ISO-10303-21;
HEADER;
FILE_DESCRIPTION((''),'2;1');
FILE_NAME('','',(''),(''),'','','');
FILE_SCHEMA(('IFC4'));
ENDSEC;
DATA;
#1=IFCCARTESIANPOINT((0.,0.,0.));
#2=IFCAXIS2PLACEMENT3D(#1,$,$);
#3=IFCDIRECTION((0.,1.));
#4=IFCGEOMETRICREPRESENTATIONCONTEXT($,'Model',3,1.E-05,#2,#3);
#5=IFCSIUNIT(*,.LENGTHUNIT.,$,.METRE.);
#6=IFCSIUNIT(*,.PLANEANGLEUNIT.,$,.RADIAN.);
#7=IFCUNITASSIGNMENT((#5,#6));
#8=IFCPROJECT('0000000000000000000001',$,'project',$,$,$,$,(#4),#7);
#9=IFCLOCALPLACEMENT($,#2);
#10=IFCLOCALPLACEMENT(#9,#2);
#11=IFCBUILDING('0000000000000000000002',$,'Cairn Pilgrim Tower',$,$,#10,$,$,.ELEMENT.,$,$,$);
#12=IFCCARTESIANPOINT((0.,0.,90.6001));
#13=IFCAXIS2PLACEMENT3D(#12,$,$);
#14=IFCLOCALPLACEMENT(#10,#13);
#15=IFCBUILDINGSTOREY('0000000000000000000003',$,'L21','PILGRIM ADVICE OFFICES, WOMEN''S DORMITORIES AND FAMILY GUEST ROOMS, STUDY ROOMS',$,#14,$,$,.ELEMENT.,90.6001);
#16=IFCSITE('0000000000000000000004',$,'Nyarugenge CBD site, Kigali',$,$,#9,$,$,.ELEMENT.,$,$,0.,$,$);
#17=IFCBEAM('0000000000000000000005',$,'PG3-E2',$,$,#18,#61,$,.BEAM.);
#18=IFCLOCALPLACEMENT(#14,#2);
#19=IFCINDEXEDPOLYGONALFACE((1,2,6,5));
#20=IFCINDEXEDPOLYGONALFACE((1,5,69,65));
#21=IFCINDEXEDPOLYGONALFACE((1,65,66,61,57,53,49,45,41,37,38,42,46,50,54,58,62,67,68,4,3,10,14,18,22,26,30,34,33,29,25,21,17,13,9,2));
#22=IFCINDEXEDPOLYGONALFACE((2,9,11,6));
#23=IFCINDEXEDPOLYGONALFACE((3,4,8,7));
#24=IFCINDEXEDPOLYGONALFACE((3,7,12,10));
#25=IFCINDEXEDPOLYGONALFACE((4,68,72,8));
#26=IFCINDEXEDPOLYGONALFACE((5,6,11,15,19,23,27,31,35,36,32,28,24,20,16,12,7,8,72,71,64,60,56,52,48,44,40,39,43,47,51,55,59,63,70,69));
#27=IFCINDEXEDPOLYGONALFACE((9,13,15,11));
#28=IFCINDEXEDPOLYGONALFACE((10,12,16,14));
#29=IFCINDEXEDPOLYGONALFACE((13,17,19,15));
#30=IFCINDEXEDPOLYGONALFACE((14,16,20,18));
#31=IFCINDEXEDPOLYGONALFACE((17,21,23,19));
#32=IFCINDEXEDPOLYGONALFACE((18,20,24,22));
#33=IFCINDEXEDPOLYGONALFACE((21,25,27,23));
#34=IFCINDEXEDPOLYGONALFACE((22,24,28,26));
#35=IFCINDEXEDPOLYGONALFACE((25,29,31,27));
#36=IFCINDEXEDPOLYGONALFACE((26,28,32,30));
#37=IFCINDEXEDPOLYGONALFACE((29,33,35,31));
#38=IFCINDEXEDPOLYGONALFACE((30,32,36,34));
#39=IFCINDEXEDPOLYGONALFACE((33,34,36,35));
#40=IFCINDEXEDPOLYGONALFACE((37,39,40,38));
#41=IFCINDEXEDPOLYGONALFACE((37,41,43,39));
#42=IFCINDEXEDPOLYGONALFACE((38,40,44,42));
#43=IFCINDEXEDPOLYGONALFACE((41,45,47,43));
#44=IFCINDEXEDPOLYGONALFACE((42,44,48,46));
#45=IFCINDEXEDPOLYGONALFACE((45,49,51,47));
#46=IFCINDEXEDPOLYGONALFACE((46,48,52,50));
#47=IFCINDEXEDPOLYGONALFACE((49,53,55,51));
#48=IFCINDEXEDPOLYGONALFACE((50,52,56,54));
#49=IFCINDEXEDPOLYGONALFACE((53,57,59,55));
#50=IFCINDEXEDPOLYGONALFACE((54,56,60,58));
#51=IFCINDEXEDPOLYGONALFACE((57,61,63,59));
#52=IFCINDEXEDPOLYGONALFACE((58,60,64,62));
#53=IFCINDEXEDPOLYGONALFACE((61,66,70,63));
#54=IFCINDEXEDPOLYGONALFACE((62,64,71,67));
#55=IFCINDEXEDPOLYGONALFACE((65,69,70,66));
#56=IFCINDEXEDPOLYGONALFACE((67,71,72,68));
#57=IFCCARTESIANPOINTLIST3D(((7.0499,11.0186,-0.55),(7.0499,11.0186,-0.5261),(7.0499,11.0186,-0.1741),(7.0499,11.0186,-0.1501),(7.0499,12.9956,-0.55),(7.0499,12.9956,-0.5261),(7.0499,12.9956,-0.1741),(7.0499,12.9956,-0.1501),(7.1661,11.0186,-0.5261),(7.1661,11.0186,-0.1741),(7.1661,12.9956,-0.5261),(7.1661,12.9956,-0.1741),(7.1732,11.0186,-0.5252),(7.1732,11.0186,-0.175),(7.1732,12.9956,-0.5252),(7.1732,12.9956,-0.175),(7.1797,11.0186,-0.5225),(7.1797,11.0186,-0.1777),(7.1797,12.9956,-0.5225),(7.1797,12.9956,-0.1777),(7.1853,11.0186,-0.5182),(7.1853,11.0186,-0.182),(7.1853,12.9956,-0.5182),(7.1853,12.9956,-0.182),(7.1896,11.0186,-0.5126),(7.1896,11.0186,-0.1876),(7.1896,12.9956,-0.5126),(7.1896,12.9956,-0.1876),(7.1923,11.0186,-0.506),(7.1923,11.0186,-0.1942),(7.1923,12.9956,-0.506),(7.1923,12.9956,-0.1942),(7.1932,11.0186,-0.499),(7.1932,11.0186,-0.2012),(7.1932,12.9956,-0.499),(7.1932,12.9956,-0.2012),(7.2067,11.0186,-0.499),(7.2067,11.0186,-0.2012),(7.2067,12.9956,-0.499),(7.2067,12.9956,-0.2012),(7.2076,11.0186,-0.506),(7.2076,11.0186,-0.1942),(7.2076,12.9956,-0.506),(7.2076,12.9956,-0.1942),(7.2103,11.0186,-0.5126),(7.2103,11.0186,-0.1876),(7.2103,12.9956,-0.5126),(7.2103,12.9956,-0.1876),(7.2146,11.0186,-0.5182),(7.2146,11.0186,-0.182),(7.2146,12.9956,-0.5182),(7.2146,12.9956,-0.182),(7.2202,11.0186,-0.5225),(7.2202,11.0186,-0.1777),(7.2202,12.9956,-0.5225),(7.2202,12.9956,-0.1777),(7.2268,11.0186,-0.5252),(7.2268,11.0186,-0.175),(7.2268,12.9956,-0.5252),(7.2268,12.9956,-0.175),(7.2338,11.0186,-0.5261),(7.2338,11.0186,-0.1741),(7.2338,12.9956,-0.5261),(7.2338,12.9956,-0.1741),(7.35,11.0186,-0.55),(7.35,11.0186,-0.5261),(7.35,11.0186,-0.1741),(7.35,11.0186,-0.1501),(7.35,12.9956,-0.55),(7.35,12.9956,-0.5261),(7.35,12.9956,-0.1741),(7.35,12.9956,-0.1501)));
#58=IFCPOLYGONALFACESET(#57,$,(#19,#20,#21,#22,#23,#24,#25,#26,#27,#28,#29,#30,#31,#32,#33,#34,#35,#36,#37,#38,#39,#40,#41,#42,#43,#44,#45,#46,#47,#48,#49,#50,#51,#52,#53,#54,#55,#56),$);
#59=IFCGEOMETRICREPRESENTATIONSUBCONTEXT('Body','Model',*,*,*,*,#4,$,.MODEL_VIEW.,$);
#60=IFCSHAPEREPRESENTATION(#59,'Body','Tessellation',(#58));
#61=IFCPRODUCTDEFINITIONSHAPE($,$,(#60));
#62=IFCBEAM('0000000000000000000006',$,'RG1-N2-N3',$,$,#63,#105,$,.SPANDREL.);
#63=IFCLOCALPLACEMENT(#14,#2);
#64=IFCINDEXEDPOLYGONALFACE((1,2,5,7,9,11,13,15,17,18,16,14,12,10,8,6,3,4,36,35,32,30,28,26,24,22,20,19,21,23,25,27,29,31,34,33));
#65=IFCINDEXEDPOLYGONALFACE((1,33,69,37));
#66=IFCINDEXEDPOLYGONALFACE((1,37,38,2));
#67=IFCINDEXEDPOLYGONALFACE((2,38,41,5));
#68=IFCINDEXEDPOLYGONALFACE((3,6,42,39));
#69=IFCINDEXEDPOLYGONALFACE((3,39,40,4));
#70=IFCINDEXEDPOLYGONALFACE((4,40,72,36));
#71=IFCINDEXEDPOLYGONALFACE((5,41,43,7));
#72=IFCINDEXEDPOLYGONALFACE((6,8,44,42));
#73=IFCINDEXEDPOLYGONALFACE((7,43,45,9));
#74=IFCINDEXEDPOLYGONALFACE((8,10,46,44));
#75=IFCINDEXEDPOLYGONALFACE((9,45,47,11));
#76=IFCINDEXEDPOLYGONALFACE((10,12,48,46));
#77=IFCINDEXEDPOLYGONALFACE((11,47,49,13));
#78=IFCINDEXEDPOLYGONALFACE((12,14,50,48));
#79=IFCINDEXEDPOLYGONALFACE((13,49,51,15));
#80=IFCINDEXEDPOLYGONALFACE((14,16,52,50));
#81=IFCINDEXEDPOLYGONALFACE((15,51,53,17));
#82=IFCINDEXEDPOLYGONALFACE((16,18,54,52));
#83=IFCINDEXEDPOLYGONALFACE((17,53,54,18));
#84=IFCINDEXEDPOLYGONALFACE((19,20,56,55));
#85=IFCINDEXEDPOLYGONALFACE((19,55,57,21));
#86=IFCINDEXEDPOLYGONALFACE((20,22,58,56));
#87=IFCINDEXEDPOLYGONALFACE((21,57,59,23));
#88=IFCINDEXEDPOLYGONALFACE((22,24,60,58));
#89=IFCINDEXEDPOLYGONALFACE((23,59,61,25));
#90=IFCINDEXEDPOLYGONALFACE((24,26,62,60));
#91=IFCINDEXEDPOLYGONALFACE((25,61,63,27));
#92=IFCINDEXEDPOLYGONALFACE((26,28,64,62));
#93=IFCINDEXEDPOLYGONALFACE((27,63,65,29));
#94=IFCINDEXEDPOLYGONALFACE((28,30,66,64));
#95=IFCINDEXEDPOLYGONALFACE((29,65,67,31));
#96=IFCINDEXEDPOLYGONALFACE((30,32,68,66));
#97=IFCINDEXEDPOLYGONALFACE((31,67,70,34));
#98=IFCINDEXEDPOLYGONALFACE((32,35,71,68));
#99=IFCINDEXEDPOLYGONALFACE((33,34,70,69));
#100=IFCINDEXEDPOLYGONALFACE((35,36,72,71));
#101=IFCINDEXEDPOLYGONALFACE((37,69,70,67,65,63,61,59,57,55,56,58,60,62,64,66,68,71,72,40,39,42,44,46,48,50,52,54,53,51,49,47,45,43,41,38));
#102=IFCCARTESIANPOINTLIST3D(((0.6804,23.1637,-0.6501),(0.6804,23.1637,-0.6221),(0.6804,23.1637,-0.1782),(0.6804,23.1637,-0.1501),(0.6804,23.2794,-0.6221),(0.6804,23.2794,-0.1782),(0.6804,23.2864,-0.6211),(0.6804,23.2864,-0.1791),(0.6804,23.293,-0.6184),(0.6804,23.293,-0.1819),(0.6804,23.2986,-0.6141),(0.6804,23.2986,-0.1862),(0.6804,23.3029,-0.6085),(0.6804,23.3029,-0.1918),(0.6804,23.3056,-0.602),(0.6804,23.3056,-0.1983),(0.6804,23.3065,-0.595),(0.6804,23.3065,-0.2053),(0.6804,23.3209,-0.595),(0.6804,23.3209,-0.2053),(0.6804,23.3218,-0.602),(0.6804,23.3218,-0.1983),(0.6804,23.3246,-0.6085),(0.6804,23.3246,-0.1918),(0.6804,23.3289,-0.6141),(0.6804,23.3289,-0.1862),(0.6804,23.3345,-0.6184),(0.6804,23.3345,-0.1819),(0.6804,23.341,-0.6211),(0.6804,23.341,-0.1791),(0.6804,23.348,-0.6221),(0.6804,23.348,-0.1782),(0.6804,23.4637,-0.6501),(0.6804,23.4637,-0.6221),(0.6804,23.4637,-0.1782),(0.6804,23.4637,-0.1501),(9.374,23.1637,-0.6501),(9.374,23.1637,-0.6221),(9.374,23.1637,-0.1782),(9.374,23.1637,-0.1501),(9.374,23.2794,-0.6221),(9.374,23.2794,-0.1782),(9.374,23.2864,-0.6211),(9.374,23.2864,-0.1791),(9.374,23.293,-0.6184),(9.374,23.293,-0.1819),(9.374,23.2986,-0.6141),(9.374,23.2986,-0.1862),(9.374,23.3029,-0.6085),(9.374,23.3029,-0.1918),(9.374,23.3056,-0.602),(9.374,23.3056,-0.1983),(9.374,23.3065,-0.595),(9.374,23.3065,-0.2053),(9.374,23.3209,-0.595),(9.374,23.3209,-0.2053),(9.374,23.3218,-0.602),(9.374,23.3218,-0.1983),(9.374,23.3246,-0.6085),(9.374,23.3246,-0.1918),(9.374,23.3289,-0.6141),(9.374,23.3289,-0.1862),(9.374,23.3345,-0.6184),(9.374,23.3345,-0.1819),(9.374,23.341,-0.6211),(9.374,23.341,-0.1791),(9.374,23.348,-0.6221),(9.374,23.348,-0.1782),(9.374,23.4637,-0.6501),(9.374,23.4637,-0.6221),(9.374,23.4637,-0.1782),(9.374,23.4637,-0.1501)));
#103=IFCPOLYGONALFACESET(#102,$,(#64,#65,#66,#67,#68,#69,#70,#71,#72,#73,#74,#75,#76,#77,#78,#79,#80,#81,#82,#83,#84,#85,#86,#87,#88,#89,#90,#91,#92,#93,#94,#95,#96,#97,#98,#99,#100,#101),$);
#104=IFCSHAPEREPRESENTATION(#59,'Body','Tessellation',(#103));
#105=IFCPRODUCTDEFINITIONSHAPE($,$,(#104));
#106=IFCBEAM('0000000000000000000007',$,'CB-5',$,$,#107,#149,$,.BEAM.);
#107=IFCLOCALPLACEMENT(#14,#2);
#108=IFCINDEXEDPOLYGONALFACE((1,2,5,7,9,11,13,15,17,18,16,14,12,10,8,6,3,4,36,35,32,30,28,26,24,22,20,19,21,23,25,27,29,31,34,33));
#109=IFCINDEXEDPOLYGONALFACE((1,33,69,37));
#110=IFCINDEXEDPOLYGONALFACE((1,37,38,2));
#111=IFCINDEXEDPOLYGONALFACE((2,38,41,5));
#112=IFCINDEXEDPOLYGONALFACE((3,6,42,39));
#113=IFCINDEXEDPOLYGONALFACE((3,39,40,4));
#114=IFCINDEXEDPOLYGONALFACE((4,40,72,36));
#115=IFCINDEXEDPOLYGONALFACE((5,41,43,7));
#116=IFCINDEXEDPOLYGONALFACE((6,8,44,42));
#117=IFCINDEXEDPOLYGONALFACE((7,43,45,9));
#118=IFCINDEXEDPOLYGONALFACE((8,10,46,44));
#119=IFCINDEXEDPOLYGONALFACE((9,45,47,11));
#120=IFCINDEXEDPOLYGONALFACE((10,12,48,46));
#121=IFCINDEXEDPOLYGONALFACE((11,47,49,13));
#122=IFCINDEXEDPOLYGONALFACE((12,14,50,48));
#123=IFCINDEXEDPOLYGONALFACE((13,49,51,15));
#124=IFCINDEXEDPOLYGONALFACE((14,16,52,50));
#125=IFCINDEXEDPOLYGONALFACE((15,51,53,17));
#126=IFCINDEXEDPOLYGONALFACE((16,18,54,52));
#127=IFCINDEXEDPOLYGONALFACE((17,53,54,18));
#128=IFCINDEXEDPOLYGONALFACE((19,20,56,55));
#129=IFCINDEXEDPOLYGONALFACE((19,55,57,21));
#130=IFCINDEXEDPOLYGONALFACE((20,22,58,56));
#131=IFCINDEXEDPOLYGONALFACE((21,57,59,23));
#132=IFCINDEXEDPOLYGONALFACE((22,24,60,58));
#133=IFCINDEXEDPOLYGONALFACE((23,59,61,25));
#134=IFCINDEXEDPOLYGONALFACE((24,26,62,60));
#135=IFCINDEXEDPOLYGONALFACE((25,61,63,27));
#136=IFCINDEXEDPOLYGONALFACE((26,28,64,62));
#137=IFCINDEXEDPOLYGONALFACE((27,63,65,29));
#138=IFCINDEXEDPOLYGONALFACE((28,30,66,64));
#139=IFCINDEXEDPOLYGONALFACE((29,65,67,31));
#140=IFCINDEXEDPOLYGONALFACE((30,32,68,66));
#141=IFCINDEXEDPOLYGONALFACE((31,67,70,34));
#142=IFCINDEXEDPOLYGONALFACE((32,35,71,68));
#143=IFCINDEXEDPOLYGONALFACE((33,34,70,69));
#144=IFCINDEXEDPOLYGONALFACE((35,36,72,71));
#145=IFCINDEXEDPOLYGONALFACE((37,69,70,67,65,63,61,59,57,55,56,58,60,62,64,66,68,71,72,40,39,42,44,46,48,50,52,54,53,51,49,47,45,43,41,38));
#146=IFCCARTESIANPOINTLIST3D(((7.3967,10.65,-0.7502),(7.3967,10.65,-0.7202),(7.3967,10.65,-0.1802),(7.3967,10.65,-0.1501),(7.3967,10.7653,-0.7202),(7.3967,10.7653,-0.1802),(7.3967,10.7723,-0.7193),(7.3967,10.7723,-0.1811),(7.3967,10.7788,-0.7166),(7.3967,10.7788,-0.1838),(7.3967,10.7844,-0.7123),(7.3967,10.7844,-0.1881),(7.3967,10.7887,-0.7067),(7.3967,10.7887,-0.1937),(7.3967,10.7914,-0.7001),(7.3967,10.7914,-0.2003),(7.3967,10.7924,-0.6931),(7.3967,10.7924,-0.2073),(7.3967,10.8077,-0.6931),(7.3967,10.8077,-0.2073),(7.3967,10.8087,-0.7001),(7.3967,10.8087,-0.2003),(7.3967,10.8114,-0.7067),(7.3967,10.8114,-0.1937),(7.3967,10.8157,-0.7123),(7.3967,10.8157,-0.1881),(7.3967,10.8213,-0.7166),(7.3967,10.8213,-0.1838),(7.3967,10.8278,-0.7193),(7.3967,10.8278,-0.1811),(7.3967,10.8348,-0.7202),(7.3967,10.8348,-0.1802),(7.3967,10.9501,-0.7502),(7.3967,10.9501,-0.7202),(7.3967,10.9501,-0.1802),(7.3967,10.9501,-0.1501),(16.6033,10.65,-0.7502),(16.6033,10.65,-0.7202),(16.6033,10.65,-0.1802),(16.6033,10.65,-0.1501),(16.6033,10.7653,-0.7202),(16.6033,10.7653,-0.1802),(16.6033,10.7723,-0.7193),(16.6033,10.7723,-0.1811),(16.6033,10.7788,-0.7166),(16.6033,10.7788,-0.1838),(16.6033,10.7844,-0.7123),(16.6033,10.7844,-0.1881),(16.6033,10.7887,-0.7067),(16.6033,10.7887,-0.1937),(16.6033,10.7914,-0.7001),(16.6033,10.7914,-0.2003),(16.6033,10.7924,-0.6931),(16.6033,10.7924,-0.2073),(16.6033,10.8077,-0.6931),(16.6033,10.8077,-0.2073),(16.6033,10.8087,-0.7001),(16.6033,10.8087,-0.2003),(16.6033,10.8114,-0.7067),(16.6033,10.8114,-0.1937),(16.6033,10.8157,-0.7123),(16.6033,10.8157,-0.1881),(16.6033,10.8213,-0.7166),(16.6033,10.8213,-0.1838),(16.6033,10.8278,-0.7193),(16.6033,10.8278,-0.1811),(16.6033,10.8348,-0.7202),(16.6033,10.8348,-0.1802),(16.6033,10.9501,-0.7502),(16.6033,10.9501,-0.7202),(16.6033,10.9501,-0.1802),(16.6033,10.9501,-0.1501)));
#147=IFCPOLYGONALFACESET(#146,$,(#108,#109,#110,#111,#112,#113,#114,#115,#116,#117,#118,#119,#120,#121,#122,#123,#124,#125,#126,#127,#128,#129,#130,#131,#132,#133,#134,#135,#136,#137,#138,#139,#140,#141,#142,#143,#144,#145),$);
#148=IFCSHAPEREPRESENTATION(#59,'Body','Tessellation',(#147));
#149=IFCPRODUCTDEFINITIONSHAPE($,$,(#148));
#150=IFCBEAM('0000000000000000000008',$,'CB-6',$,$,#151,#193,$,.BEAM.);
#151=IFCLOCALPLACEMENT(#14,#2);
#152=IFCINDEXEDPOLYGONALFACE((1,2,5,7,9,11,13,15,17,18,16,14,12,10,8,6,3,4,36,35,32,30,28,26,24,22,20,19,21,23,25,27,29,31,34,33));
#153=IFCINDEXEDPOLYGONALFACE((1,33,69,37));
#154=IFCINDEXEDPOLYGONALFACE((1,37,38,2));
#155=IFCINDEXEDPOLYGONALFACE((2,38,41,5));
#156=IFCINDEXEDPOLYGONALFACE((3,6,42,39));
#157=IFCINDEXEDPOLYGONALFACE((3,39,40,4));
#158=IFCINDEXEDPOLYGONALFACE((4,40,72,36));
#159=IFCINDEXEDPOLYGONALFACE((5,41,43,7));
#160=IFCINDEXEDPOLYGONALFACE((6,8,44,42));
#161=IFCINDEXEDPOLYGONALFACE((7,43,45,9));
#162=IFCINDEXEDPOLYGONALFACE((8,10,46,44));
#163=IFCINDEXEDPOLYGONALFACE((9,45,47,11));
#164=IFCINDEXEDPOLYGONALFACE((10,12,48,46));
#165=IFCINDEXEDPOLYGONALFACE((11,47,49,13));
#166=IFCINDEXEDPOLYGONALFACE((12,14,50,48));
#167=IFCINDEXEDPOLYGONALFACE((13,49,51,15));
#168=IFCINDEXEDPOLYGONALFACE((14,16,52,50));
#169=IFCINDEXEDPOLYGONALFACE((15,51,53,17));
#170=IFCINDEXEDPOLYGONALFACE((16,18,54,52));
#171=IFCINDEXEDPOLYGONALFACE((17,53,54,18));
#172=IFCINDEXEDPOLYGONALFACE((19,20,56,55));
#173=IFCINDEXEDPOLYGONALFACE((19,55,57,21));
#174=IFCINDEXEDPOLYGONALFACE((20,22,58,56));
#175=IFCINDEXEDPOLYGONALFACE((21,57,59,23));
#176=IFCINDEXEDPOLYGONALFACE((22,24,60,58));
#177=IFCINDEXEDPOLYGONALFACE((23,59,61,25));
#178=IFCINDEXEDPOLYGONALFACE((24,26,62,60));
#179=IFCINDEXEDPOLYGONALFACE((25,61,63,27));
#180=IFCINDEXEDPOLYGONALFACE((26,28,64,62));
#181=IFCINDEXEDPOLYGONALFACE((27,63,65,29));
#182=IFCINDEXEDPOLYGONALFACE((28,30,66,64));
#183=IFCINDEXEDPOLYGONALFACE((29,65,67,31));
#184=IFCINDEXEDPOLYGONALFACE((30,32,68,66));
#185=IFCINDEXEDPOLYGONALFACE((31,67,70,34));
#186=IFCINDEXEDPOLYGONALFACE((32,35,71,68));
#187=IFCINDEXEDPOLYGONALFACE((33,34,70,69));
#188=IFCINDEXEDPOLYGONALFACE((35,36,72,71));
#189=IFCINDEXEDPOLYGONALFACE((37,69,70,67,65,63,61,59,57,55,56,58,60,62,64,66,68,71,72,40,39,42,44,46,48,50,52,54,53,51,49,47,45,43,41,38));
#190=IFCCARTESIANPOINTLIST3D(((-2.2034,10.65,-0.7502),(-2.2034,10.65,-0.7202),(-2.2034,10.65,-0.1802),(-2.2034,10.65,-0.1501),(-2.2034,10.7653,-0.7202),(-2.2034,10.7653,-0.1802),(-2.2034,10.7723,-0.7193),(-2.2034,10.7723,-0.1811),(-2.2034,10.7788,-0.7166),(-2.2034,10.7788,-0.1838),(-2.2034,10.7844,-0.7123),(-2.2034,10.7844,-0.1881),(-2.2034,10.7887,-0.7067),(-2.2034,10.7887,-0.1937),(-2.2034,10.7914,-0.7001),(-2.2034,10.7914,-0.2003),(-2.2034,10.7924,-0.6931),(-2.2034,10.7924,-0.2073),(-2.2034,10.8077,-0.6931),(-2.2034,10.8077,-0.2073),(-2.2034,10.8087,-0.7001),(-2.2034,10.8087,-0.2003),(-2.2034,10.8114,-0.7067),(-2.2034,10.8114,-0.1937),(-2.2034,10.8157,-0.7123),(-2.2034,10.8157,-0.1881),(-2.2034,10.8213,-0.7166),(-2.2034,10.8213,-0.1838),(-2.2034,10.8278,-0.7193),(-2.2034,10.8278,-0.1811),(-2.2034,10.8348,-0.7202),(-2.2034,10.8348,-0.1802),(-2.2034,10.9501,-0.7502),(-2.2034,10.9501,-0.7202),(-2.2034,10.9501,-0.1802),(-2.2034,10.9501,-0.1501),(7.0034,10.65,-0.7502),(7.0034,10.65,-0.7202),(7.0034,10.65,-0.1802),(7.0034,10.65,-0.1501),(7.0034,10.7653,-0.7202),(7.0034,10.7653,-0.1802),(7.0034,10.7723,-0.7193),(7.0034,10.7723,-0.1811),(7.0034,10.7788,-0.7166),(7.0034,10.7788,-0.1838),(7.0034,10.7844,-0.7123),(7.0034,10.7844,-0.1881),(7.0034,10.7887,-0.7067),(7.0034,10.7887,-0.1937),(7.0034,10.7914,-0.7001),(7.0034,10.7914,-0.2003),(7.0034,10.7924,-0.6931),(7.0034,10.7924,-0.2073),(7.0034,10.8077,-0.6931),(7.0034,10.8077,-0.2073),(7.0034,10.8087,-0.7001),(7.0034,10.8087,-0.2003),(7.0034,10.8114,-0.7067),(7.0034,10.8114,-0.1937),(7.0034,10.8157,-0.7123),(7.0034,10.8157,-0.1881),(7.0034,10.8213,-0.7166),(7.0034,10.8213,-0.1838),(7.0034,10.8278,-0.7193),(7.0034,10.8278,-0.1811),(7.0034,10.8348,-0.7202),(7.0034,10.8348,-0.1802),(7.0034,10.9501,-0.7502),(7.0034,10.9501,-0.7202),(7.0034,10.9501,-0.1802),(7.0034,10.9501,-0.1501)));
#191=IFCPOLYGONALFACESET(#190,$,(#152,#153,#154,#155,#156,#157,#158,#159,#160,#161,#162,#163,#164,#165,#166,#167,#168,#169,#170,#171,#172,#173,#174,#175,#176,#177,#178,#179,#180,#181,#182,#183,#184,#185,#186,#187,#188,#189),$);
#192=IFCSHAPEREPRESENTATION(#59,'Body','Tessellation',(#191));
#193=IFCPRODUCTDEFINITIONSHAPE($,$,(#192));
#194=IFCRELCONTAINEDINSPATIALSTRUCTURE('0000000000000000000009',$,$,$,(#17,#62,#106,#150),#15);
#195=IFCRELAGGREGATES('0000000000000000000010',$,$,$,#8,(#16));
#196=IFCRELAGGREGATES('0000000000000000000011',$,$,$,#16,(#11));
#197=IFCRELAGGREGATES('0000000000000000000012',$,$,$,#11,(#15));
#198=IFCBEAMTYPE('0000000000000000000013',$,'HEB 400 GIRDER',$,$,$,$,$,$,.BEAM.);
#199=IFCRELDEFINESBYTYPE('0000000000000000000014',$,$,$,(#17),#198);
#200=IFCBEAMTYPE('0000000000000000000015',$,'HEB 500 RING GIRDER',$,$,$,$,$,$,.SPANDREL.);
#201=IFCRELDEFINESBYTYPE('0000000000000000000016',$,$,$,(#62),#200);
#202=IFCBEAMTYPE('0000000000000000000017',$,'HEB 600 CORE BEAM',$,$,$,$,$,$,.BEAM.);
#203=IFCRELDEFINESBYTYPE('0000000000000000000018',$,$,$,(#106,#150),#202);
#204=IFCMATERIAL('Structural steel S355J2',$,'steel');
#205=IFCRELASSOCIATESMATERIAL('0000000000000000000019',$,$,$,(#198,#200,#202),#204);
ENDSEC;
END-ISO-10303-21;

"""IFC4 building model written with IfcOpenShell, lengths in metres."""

from ifc_helpers import new_model, si_unit, direction, frame, origin, origin_2d, place, context, subcontext, project, spatial, i_section, extrude, material, material_profile, profile_set, type_object, element, save


model = new_model("IFC4")

# Units and contexts
model_context = context("Model", 3, precision=1e-05, world=origin(), true_north=direction((0.0, 1.0)))
body_context = subcontext(model_context, "Body", "Model", "MODEL_VIEW")
ifc_project = project(units=[si_unit("LENGTHUNIT", "METRE"), si_unit("PLANEANGLEUNIT", "RADIAN")], contexts=[model_context])

# Site, building, storey
site_placement = place(None, origin())
site = spatial("IfcSite", under=ifc_project, at=site_placement, Name="Nyarugenge CBD site, Kigali", CompositionType="ELEMENT", RefElevation=0.0)
building_placement = place(site_placement, origin())
building = spatial("IfcBuilding", under=site, at=building_placement, Name="Cairn Pilgrim Tower", CompositionType="ELEMENT")
storey_placement = place(building_placement, frame((0.0, 0.0, 90.6001)))
storey = spatial("IfcBuildingStorey", under=building, at=storey_placement, Name="L21", Description="PILGRIM ADVICE OFFICES, WOMEN'S DORMITORIES AND FAMILY GUEST ROOMS, STUDY ROOMS", CompositionType="ELEMENT", Elevation=90.6001)

# Beams
ifc_material_1 = material(Name="Structural steel S355J2", Category="steel")
ifc_material_profile_1 = material_profile(ifc_material_1, i_section(OverallWidth=0.3, OverallDepth=0.3999, WebThickness=0.0134, FlangeThickness=0.0239, FilletRadius=0.0271, at=origin_2d()), Name="HEB 400")
ifc_profile_set_1 = profile_set([ifc_material_profile_1], Name="Structural steel S355J2")
beam_type_1 = type_object("IfcBeamType", Name="HEB 400 GIRDER", PredefinedType="BEAM", material=ifc_profile_set_1)
beam_1_placement = place(storey_placement, frame((7.2, 11.0186, -0.3501), z_axis=(0.0, 1.0, 0.0), x_axis=(-1.0, 0.0, 0.0)))
element("IfcBeam", 1, at=beam_1_placement, inside=storey, type_object=beam_type_1, Name="PG3-E2", PredefinedType="BEAM", context=body_context, shape_type="SweptSolid", body=[
    extrude(i_section(OverallWidth=0.3, OverallDepth=0.3999, WebThickness=0.0134, FlangeThickness=0.0239, FilletRadius=0.0271, at=origin_2d()), origin(), (0.0, 0.0, 1.0), 1.9771),
])
ifc_material_profile_2 = material_profile(ifc_material_1, i_section(OverallWidth=0.3, OverallDepth=0.5, WebThickness=0.0144, FlangeThickness=0.0281, FilletRadius=0.0271, at=origin_2d()), Name="HEB 500")
ifc_profile_set_2 = profile_set([ifc_material_profile_2], Name="Structural steel S355J2")
beam_type_2 = type_object("IfcBeamType", Name="HEB 500 RING GIRDER", PredefinedType="SPANDREL", material=ifc_profile_set_2)
beam_2_placement = place(storey_placement, frame((9.374, 23.3137, -0.4001), z_axis=(-1.0, 0.0, 0.0), x_axis=(0.0, -1.0, 0.0)))
element("IfcBeam", 2, at=beam_2_placement, inside=storey, type_object=beam_type_2, Name="RG1-N2-N3", PredefinedType="SPANDREL", context=body_context, shape_type="SweptSolid", body=[
    extrude(i_section(OverallWidth=0.3, OverallDepth=0.5, WebThickness=0.0144, FlangeThickness=0.0281, FilletRadius=0.0271, at=origin_2d()), origin(), (0.0, 0.0, 1.0), 8.6936),
])
ifc_material_profile_3 = material_profile(ifc_material_1, i_section(OverallWidth=0.3, OverallDepth=0.6001, WebThickness=0.0154, FlangeThickness=0.03, FilletRadius=0.0271, at=origin_2d()), Name="HEB 600")
ifc_profile_set_3 = profile_set([ifc_material_profile_3], Name="Structural steel S355J2")
beam_type_3 = type_object("IfcBeamType", Name="HEB 600 CORE BEAM", PredefinedType="BEAM", material=ifc_profile_set_3)
beam_3_placement = place(storey_placement, frame((16.6033, 10.8, -0.4502), z_axis=(-1.0, 0.0, 0.0), x_axis=(0.0, -1.0, 0.0)))
element("IfcBeam", 3, at=beam_3_placement, inside=storey, type_object=beam_type_3, Name="CB-5", PredefinedType="BEAM", context=body_context, shape_type="SweptSolid", body=[
    extrude(i_section(OverallWidth=0.3, OverallDepth=0.6001, WebThickness=0.0154, FlangeThickness=0.03, FilletRadius=0.0271, at=origin_2d()), origin(), (0.0, 0.0, 1.0), 9.2065),
])
beam_4_placement = place(storey_placement, frame((7.0034, 10.8, -0.4502), z_axis=(-1.0, 0.0, 0.0), x_axis=(0.0, -1.0, 0.0)))
element("IfcBeam", 4, at=beam_4_placement, inside=storey, type_object=beam_type_3, Name="CB-6", PredefinedType="BEAM", context=body_context, shape_type="SweptSolid", body=[
    extrude(i_section(OverallWidth=0.3, OverallDepth=0.6001, WebThickness=0.0154, FlangeThickness=0.03, FilletRadius=0.0271, at=origin_2d()), origin(), (0.0, 0.0, 1.0), 9.2068),
])

save(model, "model.ifc")
